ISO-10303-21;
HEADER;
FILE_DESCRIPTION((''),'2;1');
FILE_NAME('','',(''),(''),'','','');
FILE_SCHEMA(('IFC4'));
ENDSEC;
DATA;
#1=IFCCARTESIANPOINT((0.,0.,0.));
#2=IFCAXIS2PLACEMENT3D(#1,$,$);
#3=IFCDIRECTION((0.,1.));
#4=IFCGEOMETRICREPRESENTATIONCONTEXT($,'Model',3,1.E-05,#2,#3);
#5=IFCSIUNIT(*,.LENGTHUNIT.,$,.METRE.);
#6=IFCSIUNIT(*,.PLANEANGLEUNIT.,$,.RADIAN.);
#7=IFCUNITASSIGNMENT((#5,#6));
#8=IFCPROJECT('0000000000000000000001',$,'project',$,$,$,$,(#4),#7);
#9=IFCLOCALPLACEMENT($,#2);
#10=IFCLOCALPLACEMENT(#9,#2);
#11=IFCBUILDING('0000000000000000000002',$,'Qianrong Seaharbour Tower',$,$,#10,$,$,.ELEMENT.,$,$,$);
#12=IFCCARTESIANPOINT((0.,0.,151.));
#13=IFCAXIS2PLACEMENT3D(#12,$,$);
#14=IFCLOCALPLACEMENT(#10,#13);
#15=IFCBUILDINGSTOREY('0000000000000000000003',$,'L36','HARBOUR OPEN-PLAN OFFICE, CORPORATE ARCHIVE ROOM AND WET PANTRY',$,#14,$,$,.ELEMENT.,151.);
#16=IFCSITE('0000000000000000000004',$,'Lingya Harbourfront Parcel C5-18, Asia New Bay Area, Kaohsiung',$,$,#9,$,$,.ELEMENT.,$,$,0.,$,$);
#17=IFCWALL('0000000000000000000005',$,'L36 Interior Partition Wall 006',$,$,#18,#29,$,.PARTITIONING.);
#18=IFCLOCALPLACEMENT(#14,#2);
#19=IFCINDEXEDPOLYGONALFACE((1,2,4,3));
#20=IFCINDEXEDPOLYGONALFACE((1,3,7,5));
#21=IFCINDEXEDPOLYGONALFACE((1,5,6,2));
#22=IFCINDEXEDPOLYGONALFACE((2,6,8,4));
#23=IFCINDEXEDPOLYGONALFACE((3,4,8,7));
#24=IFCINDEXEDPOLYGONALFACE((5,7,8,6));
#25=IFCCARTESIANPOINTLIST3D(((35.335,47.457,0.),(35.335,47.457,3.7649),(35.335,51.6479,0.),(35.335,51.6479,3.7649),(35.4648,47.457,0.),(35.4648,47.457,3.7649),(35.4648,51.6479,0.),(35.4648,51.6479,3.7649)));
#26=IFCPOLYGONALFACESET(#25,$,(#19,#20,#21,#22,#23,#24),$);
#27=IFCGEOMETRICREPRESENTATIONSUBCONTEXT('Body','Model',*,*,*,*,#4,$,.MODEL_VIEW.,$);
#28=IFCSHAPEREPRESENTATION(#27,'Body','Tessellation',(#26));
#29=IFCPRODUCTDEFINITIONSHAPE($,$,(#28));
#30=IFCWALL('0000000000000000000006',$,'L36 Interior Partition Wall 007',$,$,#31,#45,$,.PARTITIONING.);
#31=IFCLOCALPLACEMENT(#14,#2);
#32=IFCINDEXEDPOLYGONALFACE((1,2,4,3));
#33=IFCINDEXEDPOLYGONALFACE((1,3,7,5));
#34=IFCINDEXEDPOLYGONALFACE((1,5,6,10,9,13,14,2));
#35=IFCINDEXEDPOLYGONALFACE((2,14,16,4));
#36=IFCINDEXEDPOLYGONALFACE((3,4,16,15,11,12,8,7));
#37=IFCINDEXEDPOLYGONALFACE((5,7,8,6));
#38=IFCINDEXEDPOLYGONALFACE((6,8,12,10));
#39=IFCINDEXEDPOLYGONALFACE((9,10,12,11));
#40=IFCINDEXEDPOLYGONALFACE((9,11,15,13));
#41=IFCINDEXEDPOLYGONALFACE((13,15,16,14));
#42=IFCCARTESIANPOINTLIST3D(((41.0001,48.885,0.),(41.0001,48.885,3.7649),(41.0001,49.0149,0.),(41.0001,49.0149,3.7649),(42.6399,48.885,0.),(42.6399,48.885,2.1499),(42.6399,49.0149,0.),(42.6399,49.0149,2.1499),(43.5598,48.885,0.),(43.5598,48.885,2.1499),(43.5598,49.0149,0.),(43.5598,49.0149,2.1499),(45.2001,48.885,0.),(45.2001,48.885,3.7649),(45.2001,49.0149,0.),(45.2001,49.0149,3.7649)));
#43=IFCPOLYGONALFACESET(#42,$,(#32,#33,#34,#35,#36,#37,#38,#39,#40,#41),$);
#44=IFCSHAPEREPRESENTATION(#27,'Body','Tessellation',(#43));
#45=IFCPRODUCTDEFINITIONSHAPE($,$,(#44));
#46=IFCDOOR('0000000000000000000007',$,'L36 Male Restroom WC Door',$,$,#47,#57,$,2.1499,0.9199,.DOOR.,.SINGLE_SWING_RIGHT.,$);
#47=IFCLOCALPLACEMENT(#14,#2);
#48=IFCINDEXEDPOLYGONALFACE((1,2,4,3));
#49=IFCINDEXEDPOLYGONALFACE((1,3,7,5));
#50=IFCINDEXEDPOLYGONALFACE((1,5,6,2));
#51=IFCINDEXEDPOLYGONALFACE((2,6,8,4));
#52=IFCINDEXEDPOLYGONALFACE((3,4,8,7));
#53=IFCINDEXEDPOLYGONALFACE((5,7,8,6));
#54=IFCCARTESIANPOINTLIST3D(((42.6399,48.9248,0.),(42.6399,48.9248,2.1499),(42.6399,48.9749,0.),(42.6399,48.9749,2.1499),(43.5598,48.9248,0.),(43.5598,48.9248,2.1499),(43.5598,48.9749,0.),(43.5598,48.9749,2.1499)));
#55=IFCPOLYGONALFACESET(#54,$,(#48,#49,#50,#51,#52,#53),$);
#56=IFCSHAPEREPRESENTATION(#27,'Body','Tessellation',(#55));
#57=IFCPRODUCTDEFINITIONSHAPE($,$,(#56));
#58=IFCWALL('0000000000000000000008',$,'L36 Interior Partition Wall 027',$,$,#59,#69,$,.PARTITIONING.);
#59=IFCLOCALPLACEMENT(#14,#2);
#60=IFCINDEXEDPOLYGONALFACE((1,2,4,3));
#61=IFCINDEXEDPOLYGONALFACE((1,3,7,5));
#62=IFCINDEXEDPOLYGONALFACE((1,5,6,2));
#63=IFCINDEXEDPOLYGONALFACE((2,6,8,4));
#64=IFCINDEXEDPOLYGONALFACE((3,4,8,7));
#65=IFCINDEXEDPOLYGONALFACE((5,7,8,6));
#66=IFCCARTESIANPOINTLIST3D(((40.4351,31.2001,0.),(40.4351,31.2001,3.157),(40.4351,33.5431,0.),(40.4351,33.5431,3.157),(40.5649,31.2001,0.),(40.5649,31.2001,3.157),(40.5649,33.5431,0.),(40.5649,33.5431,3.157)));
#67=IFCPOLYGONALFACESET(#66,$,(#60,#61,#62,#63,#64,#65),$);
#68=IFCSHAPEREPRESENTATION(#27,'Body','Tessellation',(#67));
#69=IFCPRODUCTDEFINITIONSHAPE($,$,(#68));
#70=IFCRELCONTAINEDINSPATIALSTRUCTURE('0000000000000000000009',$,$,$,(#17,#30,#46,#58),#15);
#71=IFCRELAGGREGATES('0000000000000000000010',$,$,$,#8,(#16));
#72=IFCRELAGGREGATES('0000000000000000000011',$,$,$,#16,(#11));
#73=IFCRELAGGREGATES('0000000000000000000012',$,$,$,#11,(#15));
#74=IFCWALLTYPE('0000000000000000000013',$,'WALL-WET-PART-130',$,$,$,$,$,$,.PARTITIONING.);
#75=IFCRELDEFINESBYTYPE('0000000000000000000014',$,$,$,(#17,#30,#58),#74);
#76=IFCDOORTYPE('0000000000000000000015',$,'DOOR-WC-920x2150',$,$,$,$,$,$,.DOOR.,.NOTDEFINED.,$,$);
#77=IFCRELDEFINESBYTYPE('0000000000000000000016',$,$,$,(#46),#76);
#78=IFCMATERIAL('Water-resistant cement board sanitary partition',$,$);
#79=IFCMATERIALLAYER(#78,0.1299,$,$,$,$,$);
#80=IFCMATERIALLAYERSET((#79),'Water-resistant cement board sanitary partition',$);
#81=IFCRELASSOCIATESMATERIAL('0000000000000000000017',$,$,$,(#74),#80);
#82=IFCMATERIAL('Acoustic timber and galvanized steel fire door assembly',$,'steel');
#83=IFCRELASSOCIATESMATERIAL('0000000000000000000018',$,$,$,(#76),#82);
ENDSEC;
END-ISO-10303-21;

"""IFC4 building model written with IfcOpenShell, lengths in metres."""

from ifc_helpers import new_model, si_unit, direction, frame, frame_2d, origin, place, context, subcontext, project, spatial, rectangle, extrude, material, layer, layer_set, type_object, element, fill, save


model = new_model("IFC4")

# Units and contexts
model_context = context("Model", 3, precision=1e-05, world=origin(), true_north=direction((0.0, 1.0)))
body_context = subcontext(model_context, "Body", "Model", "MODEL_VIEW")
ifc_project = project(units=[si_unit("LENGTHUNIT", "METRE"), si_unit("PLANEANGLEUNIT", "RADIAN")], contexts=[model_context])

# Site, building, storey
site_placement = place(None, origin())
site = spatial("IfcSite", under=ifc_project, at=site_placement, Name="Lingya Harbourfront Parcel C5-18, Asia New Bay Area, Kaohsiung", CompositionType="ELEMENT", RefElevation=0.0)
building_placement = place(site_placement, origin())
building = spatial("IfcBuilding", under=site, at=building_placement, Name="Qianrong Seaharbour Tower", CompositionType="ELEMENT")
storey_placement = place(building_placement, frame((0.0, 0.0, 151.0)))
storey = spatial("IfcBuildingStorey", under=building, at=storey_placement, Name="L36", Description="HARBOUR OPEN-PLAN OFFICE, CORPORATE ARCHIVE ROOM AND WET PANTRY", CompositionType="ELEMENT", Elevation=151.0)

# Shared definitions
ifc_material_1 = material(Name="Acoustic timber and galvanized steel fire door assembly", Category="steel")

# Shared definitions
ifc_material_2 = material(Name="Water-resistant cement board sanitary partition")
ifc_layer_1 = layer(ifc_material_2, 0.1299)
ifc_layer_set_1 = layer_set([ifc_layer_1], Name="Water-resistant cement board sanitary partition")
wall_type_1 = type_object("IfcWallType", Name="WALL-WET-PART-130", PredefinedType="PARTITIONING", material=ifc_layer_set_1)

# Wall
wall_1_placement = place(storey_placement, frame((35.3999, 47.457, 0.0), z_axis=(0.0, 0.0, 1.0), x_axis=(0.0, 1.0, 0.0)))
element("IfcWall", 1, at=wall_1_placement, inside=storey, type_object=wall_type_1, Name="L36 Interior Partition Wall 006", PredefinedType="PARTITIONING", context=body_context, shape_type="SweptSolid", body=[
    extrude(rectangle(XDim=4.1909, YDim=0.1299, at=frame_2d((2.0955, 0.0))), origin(), (0.0, 0.0, 1.0), 3.7649),
])

# Wall, opening, door
wall_2_placement = place(storey_placement, frame((41.0, 48.95, 0.0), z_axis=(0.0, 0.0, 1.0), x_axis=(1.0, 0.0, 0.0)))
wall_2 = element("IfcWall", 2, at=wall_2_placement, inside=storey, type_object=wall_type_1, Name="L36 Interior Partition Wall 007", PredefinedType="PARTITIONING", context=body_context, shape_type="SweptSolid", body=[
    extrude(rectangle(XDim=4.2, YDim=0.1299, at=frame_2d((2.1001, 0.0))), origin(), (0.0, 0.0, 1.0), 3.7649),
])
opening_1_placement = place(wall_2_placement, frame((1.6399, 0.0, 0.0)))
opening_1 = element("IfcOpeningElement", 3, at=opening_1_placement, cuts=wall_2, PredefinedType="OPENING", context=body_context, shape_type="SweptSolid", body=[
    extrude(rectangle(XDim=0.9199, YDim=2.1499, at=frame_2d((0.46, 1.075))), frame((0.0, 0.075, 0.0), z_axis=(0.0, -1.0, 0.0), x_axis=(1.0, 0.0, 0.0)), (0.0, 0.0, 1.0), 0.1499),
])
door_type_1 = type_object("IfcDoorType", Name="DOOR-WC-920x2150", OperationType="NOTDEFINED", PredefinedType="DOOR", material=ifc_material_1)
door_1_placement = place(opening_1_placement, origin())
door_1 = element("IfcDoor", 4, at=door_1_placement, inside=storey, type_object=door_type_1, Name="L36 Male Restroom WC Door", OperationType="SINGLE_SWING_RIGHT", OverallHeight=2.1499, OverallWidth=0.9199, PredefinedType="DOOR", context=body_context, shape_type="SweptSolid", body=[
    extrude(rectangle(XDim=0.9199, YDim=2.1499, at=frame_2d((0.46, 1.075))), frame((0.0, 0.0249, 0.0), z_axis=(0.0, -1.0, 0.0), x_axis=(1.0, 0.0, 0.0)), (0.0, 0.0, 1.0), 0.05),
])
fill(opening_1, door_1)

# Wall
wall_3_placement = place(storey_placement, frame((40.5, 33.543, 0.0), z_axis=(0.0, 0.0, 1.0), x_axis=(0.0, -1.0, 0.0)))
element("IfcWall", 5, at=wall_3_placement, inside=storey, type_object=wall_type_1, Name="L36 Interior Partition Wall 027", PredefinedType="PARTITIONING", context=body_context, shape_type="SweptSolid", body=[
    extrude(rectangle(XDim=2.343, YDim=0.1299, at=frame_2d((1.1714, 0.0))), origin(), (0.0, 0.0, 1.0), 3.157),
])

save(model, "model.ifc")
